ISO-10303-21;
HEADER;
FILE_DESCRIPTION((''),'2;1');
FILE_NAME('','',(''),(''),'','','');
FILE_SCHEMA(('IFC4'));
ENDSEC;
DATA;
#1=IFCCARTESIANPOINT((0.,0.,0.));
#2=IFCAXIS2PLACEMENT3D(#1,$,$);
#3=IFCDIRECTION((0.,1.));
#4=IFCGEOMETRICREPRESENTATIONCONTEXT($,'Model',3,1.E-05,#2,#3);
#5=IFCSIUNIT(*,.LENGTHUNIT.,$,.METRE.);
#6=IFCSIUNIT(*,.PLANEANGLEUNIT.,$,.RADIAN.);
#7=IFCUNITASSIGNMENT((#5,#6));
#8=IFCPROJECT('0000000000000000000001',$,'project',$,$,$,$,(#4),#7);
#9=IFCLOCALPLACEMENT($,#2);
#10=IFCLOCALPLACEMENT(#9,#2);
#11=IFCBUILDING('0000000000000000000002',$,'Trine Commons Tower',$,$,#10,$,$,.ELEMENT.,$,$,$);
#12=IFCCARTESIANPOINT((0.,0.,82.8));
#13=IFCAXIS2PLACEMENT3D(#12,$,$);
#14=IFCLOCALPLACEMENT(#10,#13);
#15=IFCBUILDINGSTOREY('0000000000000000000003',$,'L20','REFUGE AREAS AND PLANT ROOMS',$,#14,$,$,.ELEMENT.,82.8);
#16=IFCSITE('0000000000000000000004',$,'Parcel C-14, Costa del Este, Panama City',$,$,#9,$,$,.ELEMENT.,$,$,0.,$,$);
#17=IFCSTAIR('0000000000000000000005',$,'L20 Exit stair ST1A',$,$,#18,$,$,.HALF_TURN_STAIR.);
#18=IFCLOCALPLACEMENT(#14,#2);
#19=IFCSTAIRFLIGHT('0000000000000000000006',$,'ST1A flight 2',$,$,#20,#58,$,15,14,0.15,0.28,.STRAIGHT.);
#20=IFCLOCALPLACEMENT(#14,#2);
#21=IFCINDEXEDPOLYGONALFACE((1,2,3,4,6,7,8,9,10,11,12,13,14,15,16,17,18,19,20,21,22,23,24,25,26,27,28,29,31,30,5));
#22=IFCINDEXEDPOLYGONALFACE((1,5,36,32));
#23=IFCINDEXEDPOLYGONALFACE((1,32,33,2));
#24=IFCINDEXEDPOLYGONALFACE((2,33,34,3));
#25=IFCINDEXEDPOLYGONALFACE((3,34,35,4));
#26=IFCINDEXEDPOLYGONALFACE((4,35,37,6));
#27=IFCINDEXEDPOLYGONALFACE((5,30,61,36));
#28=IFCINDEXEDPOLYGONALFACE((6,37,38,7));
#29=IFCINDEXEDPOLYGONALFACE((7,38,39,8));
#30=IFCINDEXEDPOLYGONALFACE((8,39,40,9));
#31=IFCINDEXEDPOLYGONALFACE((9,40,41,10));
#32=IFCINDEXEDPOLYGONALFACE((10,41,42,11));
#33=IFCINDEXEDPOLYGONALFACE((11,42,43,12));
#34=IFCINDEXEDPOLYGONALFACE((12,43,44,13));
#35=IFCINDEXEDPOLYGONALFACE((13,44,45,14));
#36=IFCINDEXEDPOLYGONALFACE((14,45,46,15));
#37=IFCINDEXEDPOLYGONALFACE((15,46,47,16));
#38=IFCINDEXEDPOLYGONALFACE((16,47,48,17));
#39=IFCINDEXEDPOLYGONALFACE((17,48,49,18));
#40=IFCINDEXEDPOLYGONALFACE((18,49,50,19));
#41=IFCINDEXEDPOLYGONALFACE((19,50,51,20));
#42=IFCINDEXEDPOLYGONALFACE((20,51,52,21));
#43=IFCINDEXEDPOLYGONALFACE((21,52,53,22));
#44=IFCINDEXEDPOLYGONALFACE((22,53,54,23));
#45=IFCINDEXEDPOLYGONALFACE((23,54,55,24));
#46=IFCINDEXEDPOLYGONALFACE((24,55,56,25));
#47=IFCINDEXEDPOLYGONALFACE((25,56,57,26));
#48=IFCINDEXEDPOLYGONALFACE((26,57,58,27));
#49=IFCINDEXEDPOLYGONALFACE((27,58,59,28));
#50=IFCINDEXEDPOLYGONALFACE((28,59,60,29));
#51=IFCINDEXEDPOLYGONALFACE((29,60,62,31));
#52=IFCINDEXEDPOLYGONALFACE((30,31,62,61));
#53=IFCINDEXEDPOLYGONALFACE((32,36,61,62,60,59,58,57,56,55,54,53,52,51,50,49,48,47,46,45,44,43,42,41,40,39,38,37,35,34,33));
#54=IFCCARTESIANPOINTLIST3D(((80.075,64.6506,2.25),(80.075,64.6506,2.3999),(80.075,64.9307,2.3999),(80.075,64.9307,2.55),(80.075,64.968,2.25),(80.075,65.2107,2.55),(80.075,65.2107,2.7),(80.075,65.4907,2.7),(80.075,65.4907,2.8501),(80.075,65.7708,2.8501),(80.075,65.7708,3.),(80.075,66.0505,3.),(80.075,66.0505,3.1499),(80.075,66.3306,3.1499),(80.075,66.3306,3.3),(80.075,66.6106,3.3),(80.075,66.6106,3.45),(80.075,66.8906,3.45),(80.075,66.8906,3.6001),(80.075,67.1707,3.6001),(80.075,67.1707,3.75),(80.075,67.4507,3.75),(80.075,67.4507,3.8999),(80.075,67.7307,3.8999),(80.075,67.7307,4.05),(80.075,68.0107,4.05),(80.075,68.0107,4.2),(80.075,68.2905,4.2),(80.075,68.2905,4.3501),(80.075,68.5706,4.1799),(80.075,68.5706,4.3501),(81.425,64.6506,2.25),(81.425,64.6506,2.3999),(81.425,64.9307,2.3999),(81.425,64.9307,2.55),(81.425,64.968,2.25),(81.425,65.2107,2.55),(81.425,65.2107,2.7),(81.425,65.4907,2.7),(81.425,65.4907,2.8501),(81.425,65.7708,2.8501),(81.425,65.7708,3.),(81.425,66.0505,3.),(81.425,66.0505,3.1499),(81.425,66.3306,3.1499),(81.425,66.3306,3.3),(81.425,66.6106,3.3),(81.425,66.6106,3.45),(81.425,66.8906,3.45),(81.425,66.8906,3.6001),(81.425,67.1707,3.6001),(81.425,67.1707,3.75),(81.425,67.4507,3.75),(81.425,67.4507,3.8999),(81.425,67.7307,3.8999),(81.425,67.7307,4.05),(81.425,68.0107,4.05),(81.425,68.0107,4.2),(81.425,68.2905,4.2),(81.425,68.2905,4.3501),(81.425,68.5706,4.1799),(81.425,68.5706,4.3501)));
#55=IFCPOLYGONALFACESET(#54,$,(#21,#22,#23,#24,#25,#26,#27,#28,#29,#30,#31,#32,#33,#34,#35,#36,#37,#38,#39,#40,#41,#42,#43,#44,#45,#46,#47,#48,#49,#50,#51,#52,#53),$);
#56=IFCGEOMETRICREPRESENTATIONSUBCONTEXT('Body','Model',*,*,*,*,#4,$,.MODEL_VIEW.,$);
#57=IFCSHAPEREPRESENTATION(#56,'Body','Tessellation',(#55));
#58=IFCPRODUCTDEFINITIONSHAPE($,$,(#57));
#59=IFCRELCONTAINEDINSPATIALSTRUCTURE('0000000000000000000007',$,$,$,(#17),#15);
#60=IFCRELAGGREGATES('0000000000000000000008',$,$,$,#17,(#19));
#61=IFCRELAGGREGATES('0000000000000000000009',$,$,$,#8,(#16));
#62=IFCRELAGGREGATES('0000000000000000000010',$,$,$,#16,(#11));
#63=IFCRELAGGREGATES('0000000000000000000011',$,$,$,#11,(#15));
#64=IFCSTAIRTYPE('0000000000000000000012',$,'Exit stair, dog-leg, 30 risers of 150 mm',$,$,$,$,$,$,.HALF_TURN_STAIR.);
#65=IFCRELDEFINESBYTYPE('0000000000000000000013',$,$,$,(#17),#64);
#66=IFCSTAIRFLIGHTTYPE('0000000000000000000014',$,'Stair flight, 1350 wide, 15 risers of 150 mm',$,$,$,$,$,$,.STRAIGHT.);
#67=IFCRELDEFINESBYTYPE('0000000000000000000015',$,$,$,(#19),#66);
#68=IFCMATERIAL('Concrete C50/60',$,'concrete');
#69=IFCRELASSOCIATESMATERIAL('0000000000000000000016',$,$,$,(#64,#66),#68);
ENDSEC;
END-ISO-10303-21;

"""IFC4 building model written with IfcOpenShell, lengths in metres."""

from ifc_helpers import new_model, si_unit, direction, frame, origin, place, context, subcontext, project, spatial, polyline, outline, extrude, material, type_object, element, aggregate, save


model = new_model("IFC4")

# Units and contexts
model_context = context("Model", 3, precision=1e-05, world=origin(), true_north=direction((0.0, 1.0)))
body_context = subcontext(model_context, "Body", "Model", "MODEL_VIEW")
ifc_project = project(units=[si_unit("LENGTHUNIT", "METRE"), si_unit("PLANEANGLEUNIT", "RADIAN")], contexts=[model_context])

# Site, building, storey
site_placement = place(None, origin())
site = spatial("IfcSite", under=ifc_project, at=site_placement, Name="Parcel C-14, Costa del Este, Panama City", CompositionType="ELEMENT", RefElevation=0.0)
building_placement = place(site_placement, origin())
building = spatial("IfcBuilding", under=site, at=building_placement, Name="Trine Commons Tower", CompositionType="ELEMENT")
storey_placement = place(building_placement, frame((0.0, 0.0, 82.8)))
storey = spatial("IfcBuildingStorey", under=building, at=storey_placement, Name="L20", Description="REFUGE AREAS AND PLANT ROOMS", CompositionType="ELEMENT", Elevation=82.8)

# Stair, stair flight
ifc_material_1 = material(Name="Concrete C50/60", Category="concrete")
stair_type = type_object("IfcStairType", Name="Exit stair, dog-leg, 30 risers of 150 mm", PredefinedType="HALF_TURN_STAIR", material=ifc_material_1)
stair_placement = place(storey_placement, origin())
stair = element("IfcStair", 1, at=stair_placement, inside=storey, type_object=stair_type, Name="L20 Exit stair ST1A", PredefinedType="HALF_TURN_STAIR")
stair_flight_type = type_object("IfcStairFlightType", Name="Stair flight, 1350 wide, 15 risers of 150 mm", PredefinedType="STRAIGHT", material=ifc_material_1)
stair_flight_1_placement = place(storey_placement, frame((80.75, 64.6506, 2.25), z_axis=(0.0, 0.0, 1.0), x_axis=(0.0, 1.0, 0.0)))
stair_flight_1 = element("IfcStairFlight", 2, at=stair_flight_1_placement, type_object=stair_flight_type, Name="ST1A flight 2", NumberOfRisers=15, NumberOfTreads=14, PredefinedType="STRAIGHT", RiserHeight=0.15, TreadLength=0.28, context=body_context, shape_type="SweptSolid", body=[
    extrude(outline(polyline([(0.0, 0.0), (0.0, 0.1499), (0.28, 0.1499), (0.28, 0.3), (0.5601, 0.3), (0.5601, 0.45), (0.8401, 0.45), (0.8401, 0.6001), (1.1201, 0.6001), (1.1201, 0.75), (1.3999, 0.75), (1.3999, 0.8999), (1.6799, 0.8999), (1.6799, 1.05), (1.96, 1.05), (1.96, 1.2), (2.24, 1.2), (2.24, 1.3501), (2.52, 1.3501), (2.52, 1.5), (2.8, 1.5), (2.8, 1.6499), (3.0801, 1.6499), (3.0801, 1.8), (3.3601, 1.8), (3.3601, 1.95), (3.6399, 1.95), (3.6399, 2.1001), (3.9199, 2.1001), (3.9199, 2.25), (3.9199, 1.9299), (0.3174, 0.0), (0.0, 0.0)])), frame((0.0, 0.675, 0.0), z_axis=(0.0, -1.0, 0.0), x_axis=(1.0, 0.0, 0.0)), (0.0, 0.0, 1.0), 1.3501),
])
aggregate(stair, [stair_flight_1])

save(model, "model.ifc")
